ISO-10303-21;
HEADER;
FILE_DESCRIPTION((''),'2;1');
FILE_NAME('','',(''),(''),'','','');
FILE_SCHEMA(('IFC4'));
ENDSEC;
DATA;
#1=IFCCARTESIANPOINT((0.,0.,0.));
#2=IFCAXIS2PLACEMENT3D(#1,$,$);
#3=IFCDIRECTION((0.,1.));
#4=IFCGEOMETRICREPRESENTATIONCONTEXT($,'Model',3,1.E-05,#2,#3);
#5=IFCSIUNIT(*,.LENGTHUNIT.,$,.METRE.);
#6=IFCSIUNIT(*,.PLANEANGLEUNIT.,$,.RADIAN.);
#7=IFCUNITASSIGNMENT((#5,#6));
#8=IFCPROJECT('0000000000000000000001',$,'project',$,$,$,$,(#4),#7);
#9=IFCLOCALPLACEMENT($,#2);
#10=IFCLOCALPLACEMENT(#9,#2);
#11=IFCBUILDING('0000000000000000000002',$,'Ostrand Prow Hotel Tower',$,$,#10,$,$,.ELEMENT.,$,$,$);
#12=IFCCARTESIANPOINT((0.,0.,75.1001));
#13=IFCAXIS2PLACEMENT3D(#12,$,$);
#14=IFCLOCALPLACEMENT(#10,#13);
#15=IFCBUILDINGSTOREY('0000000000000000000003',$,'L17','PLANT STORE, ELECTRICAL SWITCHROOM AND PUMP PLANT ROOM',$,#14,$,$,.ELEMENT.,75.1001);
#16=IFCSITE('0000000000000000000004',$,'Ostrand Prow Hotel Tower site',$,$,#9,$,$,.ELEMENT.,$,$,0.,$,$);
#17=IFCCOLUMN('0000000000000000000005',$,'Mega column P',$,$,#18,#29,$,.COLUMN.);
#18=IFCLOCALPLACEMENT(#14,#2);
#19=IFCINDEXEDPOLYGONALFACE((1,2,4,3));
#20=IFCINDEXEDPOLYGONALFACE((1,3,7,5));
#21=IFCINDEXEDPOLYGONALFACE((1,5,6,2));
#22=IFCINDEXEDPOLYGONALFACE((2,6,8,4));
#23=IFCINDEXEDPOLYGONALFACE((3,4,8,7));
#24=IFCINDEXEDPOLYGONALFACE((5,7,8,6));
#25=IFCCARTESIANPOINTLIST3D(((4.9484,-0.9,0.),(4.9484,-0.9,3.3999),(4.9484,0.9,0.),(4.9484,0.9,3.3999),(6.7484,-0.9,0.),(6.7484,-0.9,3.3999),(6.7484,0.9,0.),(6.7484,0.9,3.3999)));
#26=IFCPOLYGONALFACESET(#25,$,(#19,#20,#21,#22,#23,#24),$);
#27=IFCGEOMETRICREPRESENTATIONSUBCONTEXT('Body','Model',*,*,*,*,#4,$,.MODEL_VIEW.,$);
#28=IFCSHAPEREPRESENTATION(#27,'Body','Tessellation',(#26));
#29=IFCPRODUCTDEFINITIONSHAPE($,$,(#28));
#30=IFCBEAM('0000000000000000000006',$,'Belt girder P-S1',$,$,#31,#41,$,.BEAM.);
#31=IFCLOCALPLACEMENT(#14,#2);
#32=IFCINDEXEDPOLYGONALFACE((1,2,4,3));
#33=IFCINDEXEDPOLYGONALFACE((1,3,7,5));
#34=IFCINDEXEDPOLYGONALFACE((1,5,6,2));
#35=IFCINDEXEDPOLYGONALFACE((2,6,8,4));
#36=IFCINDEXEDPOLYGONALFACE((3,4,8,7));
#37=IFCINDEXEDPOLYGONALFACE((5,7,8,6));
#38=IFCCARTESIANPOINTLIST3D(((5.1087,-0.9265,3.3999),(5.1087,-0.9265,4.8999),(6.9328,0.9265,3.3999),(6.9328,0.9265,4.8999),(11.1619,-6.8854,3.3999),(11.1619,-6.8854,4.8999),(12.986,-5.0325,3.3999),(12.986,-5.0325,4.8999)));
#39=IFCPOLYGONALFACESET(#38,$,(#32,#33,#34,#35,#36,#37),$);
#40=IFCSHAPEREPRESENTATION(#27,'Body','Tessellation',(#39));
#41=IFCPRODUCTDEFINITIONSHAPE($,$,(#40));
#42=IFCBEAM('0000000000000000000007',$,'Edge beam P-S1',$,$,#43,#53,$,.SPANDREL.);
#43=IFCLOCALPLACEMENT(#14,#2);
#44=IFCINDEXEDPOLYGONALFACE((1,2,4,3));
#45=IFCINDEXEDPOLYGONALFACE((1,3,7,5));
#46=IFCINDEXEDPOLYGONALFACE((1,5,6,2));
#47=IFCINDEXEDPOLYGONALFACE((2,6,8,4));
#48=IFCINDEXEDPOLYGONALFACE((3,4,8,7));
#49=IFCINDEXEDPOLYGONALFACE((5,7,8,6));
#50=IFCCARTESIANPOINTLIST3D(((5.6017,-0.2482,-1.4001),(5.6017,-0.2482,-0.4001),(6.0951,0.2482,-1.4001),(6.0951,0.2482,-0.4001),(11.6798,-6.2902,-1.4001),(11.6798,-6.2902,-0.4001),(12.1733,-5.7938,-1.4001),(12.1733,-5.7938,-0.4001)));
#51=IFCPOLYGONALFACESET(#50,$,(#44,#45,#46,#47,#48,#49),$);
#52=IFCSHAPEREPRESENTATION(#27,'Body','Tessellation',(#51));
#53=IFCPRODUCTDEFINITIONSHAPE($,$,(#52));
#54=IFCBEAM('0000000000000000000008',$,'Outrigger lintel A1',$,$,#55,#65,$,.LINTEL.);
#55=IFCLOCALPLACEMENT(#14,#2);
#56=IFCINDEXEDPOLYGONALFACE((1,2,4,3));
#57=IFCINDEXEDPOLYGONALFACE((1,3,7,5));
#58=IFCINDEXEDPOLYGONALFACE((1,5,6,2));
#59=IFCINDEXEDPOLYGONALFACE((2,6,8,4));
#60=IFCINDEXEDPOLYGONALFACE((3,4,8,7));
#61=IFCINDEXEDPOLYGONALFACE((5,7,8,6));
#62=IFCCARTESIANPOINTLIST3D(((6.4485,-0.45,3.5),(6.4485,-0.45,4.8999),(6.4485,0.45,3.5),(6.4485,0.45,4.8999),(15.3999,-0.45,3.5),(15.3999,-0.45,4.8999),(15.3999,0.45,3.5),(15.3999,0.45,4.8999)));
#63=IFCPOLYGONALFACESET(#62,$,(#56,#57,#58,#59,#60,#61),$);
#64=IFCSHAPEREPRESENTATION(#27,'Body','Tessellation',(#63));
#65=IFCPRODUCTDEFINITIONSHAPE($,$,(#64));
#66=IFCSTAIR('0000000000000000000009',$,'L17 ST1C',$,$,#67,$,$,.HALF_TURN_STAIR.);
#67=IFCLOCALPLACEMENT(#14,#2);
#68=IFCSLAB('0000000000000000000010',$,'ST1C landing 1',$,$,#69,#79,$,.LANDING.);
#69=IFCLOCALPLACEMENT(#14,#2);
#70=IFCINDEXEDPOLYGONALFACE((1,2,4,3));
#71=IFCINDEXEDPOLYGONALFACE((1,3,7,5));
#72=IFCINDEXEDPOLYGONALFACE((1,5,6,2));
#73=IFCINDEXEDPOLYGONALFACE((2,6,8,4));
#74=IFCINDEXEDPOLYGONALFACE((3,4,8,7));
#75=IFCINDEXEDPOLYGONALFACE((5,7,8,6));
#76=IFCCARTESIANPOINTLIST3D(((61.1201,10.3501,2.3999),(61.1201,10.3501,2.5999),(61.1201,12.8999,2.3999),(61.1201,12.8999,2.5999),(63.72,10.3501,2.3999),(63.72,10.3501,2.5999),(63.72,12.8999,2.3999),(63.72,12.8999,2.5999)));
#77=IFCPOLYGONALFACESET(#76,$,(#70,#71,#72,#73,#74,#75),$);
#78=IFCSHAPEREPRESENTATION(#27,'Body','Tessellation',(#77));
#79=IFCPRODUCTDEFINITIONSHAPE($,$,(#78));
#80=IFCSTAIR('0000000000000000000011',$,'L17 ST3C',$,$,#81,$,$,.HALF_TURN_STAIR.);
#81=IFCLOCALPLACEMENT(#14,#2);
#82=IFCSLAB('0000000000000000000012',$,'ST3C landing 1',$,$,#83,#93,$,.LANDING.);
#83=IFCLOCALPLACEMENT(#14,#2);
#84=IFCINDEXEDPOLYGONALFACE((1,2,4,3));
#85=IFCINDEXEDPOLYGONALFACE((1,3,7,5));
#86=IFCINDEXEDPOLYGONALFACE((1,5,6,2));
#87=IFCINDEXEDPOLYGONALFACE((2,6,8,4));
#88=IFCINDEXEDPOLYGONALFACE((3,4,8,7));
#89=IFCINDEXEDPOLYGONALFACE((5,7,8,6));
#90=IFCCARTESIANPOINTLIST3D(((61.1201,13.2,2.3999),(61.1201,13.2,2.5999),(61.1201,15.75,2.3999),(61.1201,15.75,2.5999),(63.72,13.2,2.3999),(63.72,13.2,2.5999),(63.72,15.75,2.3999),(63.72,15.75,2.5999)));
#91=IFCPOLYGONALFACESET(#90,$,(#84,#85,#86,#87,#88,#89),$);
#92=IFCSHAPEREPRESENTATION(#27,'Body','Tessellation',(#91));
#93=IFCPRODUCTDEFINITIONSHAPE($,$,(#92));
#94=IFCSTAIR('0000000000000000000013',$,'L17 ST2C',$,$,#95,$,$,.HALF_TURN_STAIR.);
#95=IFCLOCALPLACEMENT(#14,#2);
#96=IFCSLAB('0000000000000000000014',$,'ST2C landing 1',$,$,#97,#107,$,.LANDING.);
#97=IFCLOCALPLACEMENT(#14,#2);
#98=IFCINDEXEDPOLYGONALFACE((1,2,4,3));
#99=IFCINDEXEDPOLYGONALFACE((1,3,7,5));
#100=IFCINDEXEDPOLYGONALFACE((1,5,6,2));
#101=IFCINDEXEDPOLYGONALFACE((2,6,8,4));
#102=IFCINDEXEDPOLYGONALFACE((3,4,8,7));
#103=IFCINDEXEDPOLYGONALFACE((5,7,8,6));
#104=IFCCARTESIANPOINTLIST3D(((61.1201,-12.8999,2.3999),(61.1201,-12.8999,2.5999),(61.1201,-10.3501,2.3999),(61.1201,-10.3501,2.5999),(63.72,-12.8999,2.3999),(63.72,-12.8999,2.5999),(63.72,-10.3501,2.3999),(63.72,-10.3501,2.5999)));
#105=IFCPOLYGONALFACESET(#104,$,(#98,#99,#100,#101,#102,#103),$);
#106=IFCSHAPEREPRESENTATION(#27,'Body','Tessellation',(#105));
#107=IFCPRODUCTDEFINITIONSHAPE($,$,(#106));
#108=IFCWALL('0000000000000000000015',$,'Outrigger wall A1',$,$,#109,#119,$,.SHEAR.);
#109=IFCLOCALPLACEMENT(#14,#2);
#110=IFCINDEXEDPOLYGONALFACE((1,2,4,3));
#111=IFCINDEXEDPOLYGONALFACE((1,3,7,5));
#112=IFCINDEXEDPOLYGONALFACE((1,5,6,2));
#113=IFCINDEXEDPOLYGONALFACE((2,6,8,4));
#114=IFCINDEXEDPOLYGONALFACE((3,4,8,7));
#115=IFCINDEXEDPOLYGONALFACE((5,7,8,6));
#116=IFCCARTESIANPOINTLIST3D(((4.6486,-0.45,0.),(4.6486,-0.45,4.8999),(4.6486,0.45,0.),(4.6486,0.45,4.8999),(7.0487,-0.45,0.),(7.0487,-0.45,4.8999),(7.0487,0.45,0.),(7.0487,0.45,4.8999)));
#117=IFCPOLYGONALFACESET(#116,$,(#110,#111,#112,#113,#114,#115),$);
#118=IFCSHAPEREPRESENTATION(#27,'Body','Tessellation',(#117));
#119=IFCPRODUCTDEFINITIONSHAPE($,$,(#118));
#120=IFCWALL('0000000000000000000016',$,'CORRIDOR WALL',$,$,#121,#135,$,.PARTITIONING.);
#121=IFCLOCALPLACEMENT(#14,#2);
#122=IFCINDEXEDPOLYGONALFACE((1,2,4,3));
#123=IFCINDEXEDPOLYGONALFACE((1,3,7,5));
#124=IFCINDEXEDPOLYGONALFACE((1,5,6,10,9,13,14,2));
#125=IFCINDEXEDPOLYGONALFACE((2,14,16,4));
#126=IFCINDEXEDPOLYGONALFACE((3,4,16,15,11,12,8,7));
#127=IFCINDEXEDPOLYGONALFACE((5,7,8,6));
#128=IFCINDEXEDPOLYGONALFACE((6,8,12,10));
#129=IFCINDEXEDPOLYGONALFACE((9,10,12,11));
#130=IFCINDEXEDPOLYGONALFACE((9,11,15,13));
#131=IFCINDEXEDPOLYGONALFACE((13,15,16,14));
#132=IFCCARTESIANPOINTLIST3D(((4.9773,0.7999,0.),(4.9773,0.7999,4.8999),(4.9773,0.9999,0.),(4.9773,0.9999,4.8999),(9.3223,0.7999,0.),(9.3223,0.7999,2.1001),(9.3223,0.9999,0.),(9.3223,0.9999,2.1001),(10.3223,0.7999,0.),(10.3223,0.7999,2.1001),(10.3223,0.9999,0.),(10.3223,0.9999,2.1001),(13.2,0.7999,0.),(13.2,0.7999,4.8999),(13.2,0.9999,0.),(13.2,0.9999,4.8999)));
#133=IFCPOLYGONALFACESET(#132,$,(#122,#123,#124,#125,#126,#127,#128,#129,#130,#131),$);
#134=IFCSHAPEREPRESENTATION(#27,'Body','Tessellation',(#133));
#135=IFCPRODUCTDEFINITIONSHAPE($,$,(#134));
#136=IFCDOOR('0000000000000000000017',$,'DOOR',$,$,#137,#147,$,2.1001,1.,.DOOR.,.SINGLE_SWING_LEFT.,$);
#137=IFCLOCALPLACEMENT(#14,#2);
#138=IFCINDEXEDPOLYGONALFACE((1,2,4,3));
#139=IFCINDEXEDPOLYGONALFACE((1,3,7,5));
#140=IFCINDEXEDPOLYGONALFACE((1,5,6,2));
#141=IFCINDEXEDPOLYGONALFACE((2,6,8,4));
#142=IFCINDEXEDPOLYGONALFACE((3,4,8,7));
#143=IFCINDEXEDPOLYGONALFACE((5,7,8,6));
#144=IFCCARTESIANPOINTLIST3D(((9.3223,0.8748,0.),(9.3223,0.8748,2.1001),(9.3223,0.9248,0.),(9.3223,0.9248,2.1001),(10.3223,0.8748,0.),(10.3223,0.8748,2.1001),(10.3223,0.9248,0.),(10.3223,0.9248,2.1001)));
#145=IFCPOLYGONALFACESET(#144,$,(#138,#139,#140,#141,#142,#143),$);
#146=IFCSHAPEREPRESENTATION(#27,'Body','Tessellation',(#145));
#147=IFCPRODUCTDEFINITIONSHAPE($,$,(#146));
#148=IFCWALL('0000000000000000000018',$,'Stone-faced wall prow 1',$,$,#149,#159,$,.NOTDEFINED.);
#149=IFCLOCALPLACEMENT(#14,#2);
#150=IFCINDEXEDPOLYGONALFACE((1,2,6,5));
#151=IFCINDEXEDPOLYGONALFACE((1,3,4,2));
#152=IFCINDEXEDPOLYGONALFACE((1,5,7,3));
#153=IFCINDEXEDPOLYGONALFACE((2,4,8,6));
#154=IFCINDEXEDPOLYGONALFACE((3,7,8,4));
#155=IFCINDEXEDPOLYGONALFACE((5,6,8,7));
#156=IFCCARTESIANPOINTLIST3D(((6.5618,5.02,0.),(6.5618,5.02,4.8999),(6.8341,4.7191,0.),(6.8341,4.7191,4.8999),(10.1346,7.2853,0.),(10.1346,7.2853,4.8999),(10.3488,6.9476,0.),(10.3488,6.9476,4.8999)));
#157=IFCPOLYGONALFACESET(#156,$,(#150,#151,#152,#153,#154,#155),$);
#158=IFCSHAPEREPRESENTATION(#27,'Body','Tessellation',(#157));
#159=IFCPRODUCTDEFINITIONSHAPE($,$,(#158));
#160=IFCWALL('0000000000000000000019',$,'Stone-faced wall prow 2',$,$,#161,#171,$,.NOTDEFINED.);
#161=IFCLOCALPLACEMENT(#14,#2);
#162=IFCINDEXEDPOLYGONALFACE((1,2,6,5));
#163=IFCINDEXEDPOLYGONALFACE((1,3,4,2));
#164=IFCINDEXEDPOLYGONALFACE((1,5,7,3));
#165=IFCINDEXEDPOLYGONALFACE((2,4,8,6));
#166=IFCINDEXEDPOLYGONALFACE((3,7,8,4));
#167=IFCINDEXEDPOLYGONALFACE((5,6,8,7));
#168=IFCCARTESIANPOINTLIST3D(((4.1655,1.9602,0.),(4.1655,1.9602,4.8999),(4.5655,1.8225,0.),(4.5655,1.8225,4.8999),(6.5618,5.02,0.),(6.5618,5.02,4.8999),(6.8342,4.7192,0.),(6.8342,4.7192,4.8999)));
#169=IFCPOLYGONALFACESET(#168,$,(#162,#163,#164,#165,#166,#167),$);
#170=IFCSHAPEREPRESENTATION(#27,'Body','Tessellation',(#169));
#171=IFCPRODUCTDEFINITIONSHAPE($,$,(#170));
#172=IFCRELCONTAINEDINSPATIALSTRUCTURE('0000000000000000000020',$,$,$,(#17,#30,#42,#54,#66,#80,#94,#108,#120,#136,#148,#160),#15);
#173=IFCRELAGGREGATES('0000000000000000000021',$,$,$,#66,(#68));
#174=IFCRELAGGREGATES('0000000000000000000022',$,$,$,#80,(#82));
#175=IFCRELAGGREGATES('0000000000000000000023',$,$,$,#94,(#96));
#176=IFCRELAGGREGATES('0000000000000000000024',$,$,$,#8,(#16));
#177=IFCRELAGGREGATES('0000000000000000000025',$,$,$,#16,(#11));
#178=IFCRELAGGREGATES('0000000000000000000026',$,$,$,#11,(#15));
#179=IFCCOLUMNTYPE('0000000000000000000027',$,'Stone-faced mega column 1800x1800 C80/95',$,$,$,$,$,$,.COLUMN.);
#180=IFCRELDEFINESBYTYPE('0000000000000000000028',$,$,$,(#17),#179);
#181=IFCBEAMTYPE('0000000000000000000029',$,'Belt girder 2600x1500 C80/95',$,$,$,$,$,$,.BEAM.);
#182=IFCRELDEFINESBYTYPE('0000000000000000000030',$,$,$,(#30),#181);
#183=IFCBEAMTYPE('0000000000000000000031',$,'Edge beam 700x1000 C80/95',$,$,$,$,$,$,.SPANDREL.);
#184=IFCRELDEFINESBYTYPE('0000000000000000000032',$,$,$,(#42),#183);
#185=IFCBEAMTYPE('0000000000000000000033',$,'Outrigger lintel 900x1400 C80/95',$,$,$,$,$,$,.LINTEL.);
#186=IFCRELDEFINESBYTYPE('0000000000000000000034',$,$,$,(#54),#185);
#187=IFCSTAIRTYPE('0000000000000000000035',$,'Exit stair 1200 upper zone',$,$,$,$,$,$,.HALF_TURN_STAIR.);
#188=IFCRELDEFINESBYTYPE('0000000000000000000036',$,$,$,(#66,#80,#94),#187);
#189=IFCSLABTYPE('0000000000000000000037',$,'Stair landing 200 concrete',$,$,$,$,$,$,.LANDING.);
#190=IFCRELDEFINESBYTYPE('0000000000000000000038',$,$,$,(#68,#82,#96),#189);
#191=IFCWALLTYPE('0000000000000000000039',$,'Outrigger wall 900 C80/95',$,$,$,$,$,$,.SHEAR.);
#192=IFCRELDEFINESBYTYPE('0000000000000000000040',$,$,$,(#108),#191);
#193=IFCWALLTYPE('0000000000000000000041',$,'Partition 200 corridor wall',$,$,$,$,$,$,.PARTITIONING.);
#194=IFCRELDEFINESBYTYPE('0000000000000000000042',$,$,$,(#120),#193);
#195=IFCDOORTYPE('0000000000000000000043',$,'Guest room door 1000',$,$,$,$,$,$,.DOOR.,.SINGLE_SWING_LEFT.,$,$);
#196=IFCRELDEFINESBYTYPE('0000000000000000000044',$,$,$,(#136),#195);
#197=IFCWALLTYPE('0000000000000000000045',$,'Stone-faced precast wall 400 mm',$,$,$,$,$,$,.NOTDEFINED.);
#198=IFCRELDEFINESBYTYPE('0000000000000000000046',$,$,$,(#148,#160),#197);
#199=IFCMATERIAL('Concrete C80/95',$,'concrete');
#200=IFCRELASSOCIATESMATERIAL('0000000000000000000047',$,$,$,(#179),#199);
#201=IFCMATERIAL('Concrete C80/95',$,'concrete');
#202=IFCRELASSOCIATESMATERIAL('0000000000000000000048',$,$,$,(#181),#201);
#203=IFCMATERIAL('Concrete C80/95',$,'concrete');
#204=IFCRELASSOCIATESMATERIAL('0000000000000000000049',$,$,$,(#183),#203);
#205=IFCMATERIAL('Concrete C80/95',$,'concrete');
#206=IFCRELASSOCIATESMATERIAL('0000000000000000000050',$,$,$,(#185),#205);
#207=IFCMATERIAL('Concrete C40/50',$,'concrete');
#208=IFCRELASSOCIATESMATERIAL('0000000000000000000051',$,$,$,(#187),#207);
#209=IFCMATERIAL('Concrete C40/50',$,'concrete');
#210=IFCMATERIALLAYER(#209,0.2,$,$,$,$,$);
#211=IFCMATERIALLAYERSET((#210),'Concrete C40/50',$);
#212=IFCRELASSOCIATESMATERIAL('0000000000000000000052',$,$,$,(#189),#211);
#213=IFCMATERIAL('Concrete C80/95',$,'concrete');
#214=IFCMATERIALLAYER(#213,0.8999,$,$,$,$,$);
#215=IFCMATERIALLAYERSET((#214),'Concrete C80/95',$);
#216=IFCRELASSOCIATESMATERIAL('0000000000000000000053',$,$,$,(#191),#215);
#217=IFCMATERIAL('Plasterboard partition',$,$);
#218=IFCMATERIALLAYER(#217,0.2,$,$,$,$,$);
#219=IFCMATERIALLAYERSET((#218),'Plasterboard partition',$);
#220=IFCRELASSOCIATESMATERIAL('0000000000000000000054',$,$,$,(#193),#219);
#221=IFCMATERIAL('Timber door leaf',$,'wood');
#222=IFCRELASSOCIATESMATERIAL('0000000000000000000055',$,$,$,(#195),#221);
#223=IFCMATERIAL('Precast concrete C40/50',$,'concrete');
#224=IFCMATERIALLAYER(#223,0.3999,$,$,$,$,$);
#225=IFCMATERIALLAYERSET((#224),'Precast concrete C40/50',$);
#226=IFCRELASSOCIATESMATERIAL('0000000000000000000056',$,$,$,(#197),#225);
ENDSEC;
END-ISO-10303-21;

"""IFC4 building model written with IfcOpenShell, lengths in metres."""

from ifc_helpers import new_model, si_unit, direction, frame, frame_2d, origin, origin_2d, place, context, subcontext, project, spatial, polyline, rectangle, outline, extrude, material, layer, layer_set, material_profile, profile_set, type_object, element, fill, aggregate, save


model = new_model("IFC4")

# Units and contexts
model_context = context("Model", 3, precision=1e-05, world=origin(), true_north=direction((0.0, 1.0)))
body_context = subcontext(model_context, "Body", "Model", "MODEL_VIEW")
ifc_project = project(units=[si_unit("LENGTHUNIT", "METRE"), si_unit("PLANEANGLEUNIT", "RADIAN")], contexts=[model_context])

# Site, building, storey
site_placement = place(None, origin())
site = spatial("IfcSite", under=ifc_project, at=site_placement, Name="Ostrand Prow Hotel Tower site", CompositionType="ELEMENT", RefElevation=0.0)
building_placement = place(site_placement, origin())
building = spatial("IfcBuilding", under=site, at=building_placement, Name="Ostrand Prow Hotel Tower", CompositionType="ELEMENT")
storey_placement = place(building_placement, frame((0.0, 0.0, 75.1001)))
storey = spatial("IfcBuildingStorey", under=building, at=storey_placement, Name="L17", Description="PLANT STORE, ELECTRICAL SWITCHROOM AND PUMP PLANT ROOM", CompositionType="ELEMENT", Elevation=75.1001)

# Column
ifc_material_1 = material(Name="Concrete C80/95", Category="concrete")
ifc_material_profile_1 = material_profile(ifc_material_1, rectangle(XDim=1.8, YDim=1.8, at=origin_2d()), Name="RC 1800x1800")
ifc_profile_set_1 = profile_set([ifc_material_profile_1], Name="Concrete C80/95")
column_type = type_object("IfcColumnType", Name="Stone-faced mega column 1800x1800 C80/95", PredefinedType="COLUMN", material=ifc_profile_set_1)
column_placement = place(storey_placement, frame((5.8484, 0.0, 0.0), z_axis=(0.0, 0.0, 1.0), x_axis=(1.0, 0.0, 0.0)))
element("IfcColumn", 1, at=column_placement, inside=storey, type_object=column_type, Name="Mega column P", PredefinedType="COLUMN", context=body_context, shape_type="SweptSolid", body=[
    extrude(rectangle(XDim=1.8, YDim=1.8, at=origin_2d()), origin(), (0.0, 0.0, 1.0), 3.3999),
])

# Beams
ifc_material_2 = material(Name="Concrete C80/95", Category="concrete")
ifc_material_profile_2 = material_profile(ifc_material_2, rectangle(XDim=2.6001, YDim=1.5, at=origin_2d()), Name="RC 2600x1500")
ifc_profile_set_2 = profile_set([ifc_material_profile_2], Name="Concrete C80/95")
beam_type_1 = type_object("IfcBeamType", Name="Belt girder 2600x1500 C80/95", PredefinedType="BEAM", material=ifc_profile_set_2)
beam_1_placement = place(storey_placement, frame((6.0208, 0.0, 4.1499), z_axis=(0.712632, -0.701538, 0.0), x_axis=(0.701538, 0.712632, 0.0)))
element("IfcBeam", 2, at=beam_1_placement, inside=storey, type_object=beam_type_1, Name="Belt girder P-S1", PredefinedType="BEAM", context=body_context, shape_type="SweptSolid", body=[
    extrude(rectangle(XDim=2.6001, YDim=1.5, at=origin_2d()), origin(), (0.0, 0.0, 1.0), 8.4941),
])
ifc_material_3 = material(Name="Concrete C80/95", Category="concrete")
ifc_material_profile_3 = material_profile(ifc_material_3, rectangle(XDim=0.7, YDim=1.0, at=origin_2d()), Name="RC 700x1000")
ifc_profile_set_3 = profile_set([ifc_material_profile_3], Name="Concrete C80/95")
beam_type_2 = type_object("IfcBeamType", Name="Edge beam 700x1000 C80/95", PredefinedType="SPANDREL", material=ifc_profile_set_3)
beam_2_placement = place(storey_placement, frame((5.8484, 0.0, -0.9001), z_axis=(0.709212, -0.704996, 0.0), x_axis=(0.704996, 0.709212, 0.0)))
element("IfcBeam", 3, at=beam_2_placement, inside=storey, type_object=beam_type_2, Name="Edge beam P-S1", PredefinedType="SPANDREL", context=body_context, shape_type="SweptSolid", body=[
    extrude(rectangle(XDim=0.7, YDim=1.0, at=origin_2d()), origin(), (0.0, 0.0, 1.0), 8.5703),
])
ifc_material_4 = material(Name="Concrete C80/95", Category="concrete")
ifc_material_profile_4 = material_profile(ifc_material_4, rectangle(XDim=0.8999, YDim=1.3999, at=origin_2d()), Name="RC 900x1400")
ifc_profile_set_4 = profile_set([ifc_material_profile_4], Name="Concrete C80/95")
beam_type_3 = type_object("IfcBeamType", Name="Outrigger lintel 900x1400 C80/95", PredefinedType="LINTEL", material=ifc_profile_set_4)
beam_3_placement = place(storey_placement, frame((6.4485, 0.0, 4.2), z_axis=(1.0, 0.0, 0.0), x_axis=(0.0, 1.0, 0.0)))
element("IfcBeam", 4, at=beam_3_placement, inside=storey, type_object=beam_type_3, Name="Outrigger lintel A1", PredefinedType="LINTEL", context=body_context, shape_type="SweptSolid", body=[
    extrude(rectangle(XDim=0.8999, YDim=1.3999, at=origin_2d()), origin(), (0.0, 0.0, 1.0), 8.9514),
])

# Stairs, slabs
ifc_material_5 = material(Name="Concrete C40/50", Category="concrete")
stair_type = type_object("IfcStairType", Name="Exit stair 1200 upper zone", PredefinedType="HALF_TURN_STAIR", material=ifc_material_5)
stair_1_placement = place(storey_placement, origin())
stair_1 = element("IfcStair", 5, at=stair_1_placement, inside=storey, type_object=stair_type, Name="L17 ST1C", PredefinedType="HALF_TURN_STAIR")
ifc_material_6 = material(Name="Concrete C40/50", Category="concrete")
ifc_layer_1 = layer(ifc_material_6, 0.2)
ifc_layer_set_1 = layer_set([ifc_layer_1], Name="Concrete C40/50")
slab_type = type_object("IfcSlabType", Name="Stair landing 200 concrete", PredefinedType="LANDING", material=ifc_layer_set_1)
slab_1_placement = place(storey_placement, frame((0.0, 0.0, 2.3999)))
slab_1 = element("IfcSlab", 6, at=slab_1_placement, type_object=slab_type, Name="ST1C landing 1", PredefinedType="LANDING", context=body_context, shape_type="SweptSolid", body=[
    extrude(outline(polyline([(61.1201, 10.3501), (63.72, 10.3501), (63.72, 12.8999), (61.1201, 12.8999), (61.1201, 10.3501)])), origin(), (0.0, 0.0, 1.0), 0.2),
])
aggregate(stair_1, [slab_1])
stair_2_placement = place(storey_placement, origin())
stair_2 = element("IfcStair", 7, at=stair_2_placement, inside=storey, type_object=stair_type, Name="L17 ST3C", PredefinedType="HALF_TURN_STAIR")
slab_2_placement = place(storey_placement, frame((0.0, 0.0, 2.3999)))
slab_2 = element("IfcSlab", 8, at=slab_2_placement, type_object=slab_type, Name="ST3C landing 1", PredefinedType="LANDING", context=body_context, shape_type="SweptSolid", body=[
    extrude(outline(polyline([(61.1201, 13.2), (63.72, 13.2), (63.72, 15.75), (61.1201, 15.75), (61.1201, 13.2)])), origin(), (0.0, 0.0, 1.0), 0.2),
])
aggregate(stair_2, [slab_2])
stair_3_placement = place(storey_placement, origin())
stair_3 = element("IfcStair", 9, at=stair_3_placement, inside=storey, type_object=stair_type, Name="L17 ST2C", PredefinedType="HALF_TURN_STAIR")
slab_3_placement = place(storey_placement, frame((0.0, 0.0, 2.3999)))
slab_3 = element("IfcSlab", 10, at=slab_3_placement, type_object=slab_type, Name="ST2C landing 1", PredefinedType="LANDING", context=body_context, shape_type="SweptSolid", body=[
    extrude(outline(polyline([(61.1201, -12.8999), (63.72, -12.8999), (63.72, -10.3501), (61.1201, -10.3501), (61.1201, -12.8999)])), origin(), (0.0, 0.0, 1.0), 0.2),
])
aggregate(stair_3, [slab_3])

# Wall
ifc_material_7 = material(Name="Concrete C80/95", Category="concrete")
ifc_layer_2 = layer(ifc_material_7, 0.8999)
ifc_layer_set_2 = layer_set([ifc_layer_2], Name="Concrete C80/95")
wall_type_1 = type_object("IfcWallType", Name="Outrigger wall 900 C80/95", PredefinedType="SHEAR", material=ifc_layer_set_2)
wall_1_placement = place(storey_placement, frame((4.6484, 0.0, 0.0), z_axis=(0.0, 0.0, 1.0), x_axis=(1.0, 0.0, 0.0)))
element("IfcWall", 11, at=wall_1_placement, inside=storey, type_object=wall_type_1, Name="Outrigger wall A1", PredefinedType="SHEAR", context=body_context, shape_type="SweptSolid", body=[
    extrude(rectangle(XDim=2.4001, YDim=0.8999, at=frame_2d((1.2002, 0.0))), origin(), (0.0, 0.0, 1.0), 4.8999),
])

# Wall, opening, door
ifc_material_8 = material(Name="Plasterboard partition")
ifc_layer_3 = layer(ifc_material_8, 0.2)
ifc_layer_set_3 = layer_set([ifc_layer_3], Name="Plasterboard partition")
wall_type_2 = type_object("IfcWallType", Name="Partition 200 corridor wall", PredefinedType="PARTITIONING", material=ifc_layer_set_3)
wall_2_placement = place(storey_placement, frame((4.9773, 0.8999, 0.0), z_axis=(0.0, 0.0, 1.0), x_axis=(1.0, 0.0, 0.0)))
wall_2 = element("IfcWall", 12, at=wall_2_placement, inside=storey, type_object=wall_type_2, Name="CORRIDOR WALL", PredefinedType="PARTITIONING", context=body_context, shape_type="SweptSolid", body=[
    extrude(rectangle(XDim=8.2227, YDim=0.2, at=frame_2d((4.1113, 0.0))), origin(), (0.0, 0.0, 1.0), 4.8999),
])
opening_placement = place(wall_2_placement, frame((4.345, 0.0, 0.0)))
opening = element("IfcOpeningElement", 13, at=opening_placement, cuts=wall_2, PredefinedType="OPENING", context=body_context, shape_type="SweptSolid", body=[
    extrude(rectangle(XDim=1.0, YDim=2.1001, at=frame_2d((0.5, 1.05))), frame((0.0, 0.1099, 0.0), z_axis=(0.0, -1.0, 0.0), x_axis=(1.0, 0.0, 0.0)), (0.0, 0.0, 1.0), 0.22),
])
ifc_material_9 = material(Name="Timber door leaf", Category="wood")
door_type = type_object("IfcDoorType", Name="Guest room door 1000", OperationType="SINGLE_SWING_LEFT", PredefinedType="DOOR", material=ifc_material_9)
door_placement = place(opening_placement, origin())
door = element("IfcDoor", 14, at=door_placement, inside=storey, type_object=door_type, Name="DOOR", OperationType="SINGLE_SWING_LEFT", OverallHeight=2.1001, OverallWidth=1.0, PredefinedType="DOOR", context=body_context, shape_type="SweptSolid", body=[
    extrude(rectangle(XDim=1.0, YDim=2.1001, at=frame_2d((0.5, 1.05))), frame((0.0, 0.0249, 0.0), z_axis=(0.0, -1.0, 0.0), x_axis=(1.0, 0.0, 0.0)), (0.0, 0.0, 1.0), 0.05),
])
fill(opening, door)

# Walls
ifc_material_10 = material(Name="Precast concrete C40/50", Category="concrete")
ifc_layer_4 = layer(ifc_material_10, 0.3999)
ifc_layer_set_4 = layer_set([ifc_layer_4], Name="Precast concrete C40/50")
wall_type_3 = type_object("IfcWallType", Name="Stone-faced precast wall 400 mm", PredefinedType="NOTDEFINED", material=ifc_layer_set_4)
wall_3_placement = place(storey_placement, frame((10.2417, 7.1165, 0.0), z_axis=(0.0, 0.0, 1.0), x_axis=(-0.844552, -0.535474, 0.0)))
element("IfcWall", 15, at=wall_3_placement, inside=storey, type_object=wall_type_3, Name="Stone-faced wall prow 1", PredefinedType="NOTDEFINED", context=body_context, shape_type="SweptSolid", body=[
    extrude(outline(polyline([(0.0, -0.2), (4.2305, -0.2), (4.1616, 0.2), (0.0, 0.2), (0.0, -0.2)])), origin(), (0.0, 0.0, 1.0), 4.8999),
])
wall_4_placement = place(storey_placement, frame((6.698, 4.8696, 0.0), z_axis=(0.0, 0.0, 1.0), x_axis=(-0.616587, -0.787287, 0.0)))
element("IfcWall", 16, at=wall_4_placement, inside=storey, type_object=wall_type_3, Name="Stone-faced wall prow 2", PredefinedType="NOTDEFINED", context=body_context, shape_type="SweptSolid", body=[
    extrude(outline(polyline([(-0.0344, -0.2), (3.8521, -0.2), (3.7139, 0.2), (0.0344, 0.2), (-0.0344, -0.2)])), origin(), (0.0, 0.0, 1.0), 4.8999),
])

save(model, "model.ifc")
